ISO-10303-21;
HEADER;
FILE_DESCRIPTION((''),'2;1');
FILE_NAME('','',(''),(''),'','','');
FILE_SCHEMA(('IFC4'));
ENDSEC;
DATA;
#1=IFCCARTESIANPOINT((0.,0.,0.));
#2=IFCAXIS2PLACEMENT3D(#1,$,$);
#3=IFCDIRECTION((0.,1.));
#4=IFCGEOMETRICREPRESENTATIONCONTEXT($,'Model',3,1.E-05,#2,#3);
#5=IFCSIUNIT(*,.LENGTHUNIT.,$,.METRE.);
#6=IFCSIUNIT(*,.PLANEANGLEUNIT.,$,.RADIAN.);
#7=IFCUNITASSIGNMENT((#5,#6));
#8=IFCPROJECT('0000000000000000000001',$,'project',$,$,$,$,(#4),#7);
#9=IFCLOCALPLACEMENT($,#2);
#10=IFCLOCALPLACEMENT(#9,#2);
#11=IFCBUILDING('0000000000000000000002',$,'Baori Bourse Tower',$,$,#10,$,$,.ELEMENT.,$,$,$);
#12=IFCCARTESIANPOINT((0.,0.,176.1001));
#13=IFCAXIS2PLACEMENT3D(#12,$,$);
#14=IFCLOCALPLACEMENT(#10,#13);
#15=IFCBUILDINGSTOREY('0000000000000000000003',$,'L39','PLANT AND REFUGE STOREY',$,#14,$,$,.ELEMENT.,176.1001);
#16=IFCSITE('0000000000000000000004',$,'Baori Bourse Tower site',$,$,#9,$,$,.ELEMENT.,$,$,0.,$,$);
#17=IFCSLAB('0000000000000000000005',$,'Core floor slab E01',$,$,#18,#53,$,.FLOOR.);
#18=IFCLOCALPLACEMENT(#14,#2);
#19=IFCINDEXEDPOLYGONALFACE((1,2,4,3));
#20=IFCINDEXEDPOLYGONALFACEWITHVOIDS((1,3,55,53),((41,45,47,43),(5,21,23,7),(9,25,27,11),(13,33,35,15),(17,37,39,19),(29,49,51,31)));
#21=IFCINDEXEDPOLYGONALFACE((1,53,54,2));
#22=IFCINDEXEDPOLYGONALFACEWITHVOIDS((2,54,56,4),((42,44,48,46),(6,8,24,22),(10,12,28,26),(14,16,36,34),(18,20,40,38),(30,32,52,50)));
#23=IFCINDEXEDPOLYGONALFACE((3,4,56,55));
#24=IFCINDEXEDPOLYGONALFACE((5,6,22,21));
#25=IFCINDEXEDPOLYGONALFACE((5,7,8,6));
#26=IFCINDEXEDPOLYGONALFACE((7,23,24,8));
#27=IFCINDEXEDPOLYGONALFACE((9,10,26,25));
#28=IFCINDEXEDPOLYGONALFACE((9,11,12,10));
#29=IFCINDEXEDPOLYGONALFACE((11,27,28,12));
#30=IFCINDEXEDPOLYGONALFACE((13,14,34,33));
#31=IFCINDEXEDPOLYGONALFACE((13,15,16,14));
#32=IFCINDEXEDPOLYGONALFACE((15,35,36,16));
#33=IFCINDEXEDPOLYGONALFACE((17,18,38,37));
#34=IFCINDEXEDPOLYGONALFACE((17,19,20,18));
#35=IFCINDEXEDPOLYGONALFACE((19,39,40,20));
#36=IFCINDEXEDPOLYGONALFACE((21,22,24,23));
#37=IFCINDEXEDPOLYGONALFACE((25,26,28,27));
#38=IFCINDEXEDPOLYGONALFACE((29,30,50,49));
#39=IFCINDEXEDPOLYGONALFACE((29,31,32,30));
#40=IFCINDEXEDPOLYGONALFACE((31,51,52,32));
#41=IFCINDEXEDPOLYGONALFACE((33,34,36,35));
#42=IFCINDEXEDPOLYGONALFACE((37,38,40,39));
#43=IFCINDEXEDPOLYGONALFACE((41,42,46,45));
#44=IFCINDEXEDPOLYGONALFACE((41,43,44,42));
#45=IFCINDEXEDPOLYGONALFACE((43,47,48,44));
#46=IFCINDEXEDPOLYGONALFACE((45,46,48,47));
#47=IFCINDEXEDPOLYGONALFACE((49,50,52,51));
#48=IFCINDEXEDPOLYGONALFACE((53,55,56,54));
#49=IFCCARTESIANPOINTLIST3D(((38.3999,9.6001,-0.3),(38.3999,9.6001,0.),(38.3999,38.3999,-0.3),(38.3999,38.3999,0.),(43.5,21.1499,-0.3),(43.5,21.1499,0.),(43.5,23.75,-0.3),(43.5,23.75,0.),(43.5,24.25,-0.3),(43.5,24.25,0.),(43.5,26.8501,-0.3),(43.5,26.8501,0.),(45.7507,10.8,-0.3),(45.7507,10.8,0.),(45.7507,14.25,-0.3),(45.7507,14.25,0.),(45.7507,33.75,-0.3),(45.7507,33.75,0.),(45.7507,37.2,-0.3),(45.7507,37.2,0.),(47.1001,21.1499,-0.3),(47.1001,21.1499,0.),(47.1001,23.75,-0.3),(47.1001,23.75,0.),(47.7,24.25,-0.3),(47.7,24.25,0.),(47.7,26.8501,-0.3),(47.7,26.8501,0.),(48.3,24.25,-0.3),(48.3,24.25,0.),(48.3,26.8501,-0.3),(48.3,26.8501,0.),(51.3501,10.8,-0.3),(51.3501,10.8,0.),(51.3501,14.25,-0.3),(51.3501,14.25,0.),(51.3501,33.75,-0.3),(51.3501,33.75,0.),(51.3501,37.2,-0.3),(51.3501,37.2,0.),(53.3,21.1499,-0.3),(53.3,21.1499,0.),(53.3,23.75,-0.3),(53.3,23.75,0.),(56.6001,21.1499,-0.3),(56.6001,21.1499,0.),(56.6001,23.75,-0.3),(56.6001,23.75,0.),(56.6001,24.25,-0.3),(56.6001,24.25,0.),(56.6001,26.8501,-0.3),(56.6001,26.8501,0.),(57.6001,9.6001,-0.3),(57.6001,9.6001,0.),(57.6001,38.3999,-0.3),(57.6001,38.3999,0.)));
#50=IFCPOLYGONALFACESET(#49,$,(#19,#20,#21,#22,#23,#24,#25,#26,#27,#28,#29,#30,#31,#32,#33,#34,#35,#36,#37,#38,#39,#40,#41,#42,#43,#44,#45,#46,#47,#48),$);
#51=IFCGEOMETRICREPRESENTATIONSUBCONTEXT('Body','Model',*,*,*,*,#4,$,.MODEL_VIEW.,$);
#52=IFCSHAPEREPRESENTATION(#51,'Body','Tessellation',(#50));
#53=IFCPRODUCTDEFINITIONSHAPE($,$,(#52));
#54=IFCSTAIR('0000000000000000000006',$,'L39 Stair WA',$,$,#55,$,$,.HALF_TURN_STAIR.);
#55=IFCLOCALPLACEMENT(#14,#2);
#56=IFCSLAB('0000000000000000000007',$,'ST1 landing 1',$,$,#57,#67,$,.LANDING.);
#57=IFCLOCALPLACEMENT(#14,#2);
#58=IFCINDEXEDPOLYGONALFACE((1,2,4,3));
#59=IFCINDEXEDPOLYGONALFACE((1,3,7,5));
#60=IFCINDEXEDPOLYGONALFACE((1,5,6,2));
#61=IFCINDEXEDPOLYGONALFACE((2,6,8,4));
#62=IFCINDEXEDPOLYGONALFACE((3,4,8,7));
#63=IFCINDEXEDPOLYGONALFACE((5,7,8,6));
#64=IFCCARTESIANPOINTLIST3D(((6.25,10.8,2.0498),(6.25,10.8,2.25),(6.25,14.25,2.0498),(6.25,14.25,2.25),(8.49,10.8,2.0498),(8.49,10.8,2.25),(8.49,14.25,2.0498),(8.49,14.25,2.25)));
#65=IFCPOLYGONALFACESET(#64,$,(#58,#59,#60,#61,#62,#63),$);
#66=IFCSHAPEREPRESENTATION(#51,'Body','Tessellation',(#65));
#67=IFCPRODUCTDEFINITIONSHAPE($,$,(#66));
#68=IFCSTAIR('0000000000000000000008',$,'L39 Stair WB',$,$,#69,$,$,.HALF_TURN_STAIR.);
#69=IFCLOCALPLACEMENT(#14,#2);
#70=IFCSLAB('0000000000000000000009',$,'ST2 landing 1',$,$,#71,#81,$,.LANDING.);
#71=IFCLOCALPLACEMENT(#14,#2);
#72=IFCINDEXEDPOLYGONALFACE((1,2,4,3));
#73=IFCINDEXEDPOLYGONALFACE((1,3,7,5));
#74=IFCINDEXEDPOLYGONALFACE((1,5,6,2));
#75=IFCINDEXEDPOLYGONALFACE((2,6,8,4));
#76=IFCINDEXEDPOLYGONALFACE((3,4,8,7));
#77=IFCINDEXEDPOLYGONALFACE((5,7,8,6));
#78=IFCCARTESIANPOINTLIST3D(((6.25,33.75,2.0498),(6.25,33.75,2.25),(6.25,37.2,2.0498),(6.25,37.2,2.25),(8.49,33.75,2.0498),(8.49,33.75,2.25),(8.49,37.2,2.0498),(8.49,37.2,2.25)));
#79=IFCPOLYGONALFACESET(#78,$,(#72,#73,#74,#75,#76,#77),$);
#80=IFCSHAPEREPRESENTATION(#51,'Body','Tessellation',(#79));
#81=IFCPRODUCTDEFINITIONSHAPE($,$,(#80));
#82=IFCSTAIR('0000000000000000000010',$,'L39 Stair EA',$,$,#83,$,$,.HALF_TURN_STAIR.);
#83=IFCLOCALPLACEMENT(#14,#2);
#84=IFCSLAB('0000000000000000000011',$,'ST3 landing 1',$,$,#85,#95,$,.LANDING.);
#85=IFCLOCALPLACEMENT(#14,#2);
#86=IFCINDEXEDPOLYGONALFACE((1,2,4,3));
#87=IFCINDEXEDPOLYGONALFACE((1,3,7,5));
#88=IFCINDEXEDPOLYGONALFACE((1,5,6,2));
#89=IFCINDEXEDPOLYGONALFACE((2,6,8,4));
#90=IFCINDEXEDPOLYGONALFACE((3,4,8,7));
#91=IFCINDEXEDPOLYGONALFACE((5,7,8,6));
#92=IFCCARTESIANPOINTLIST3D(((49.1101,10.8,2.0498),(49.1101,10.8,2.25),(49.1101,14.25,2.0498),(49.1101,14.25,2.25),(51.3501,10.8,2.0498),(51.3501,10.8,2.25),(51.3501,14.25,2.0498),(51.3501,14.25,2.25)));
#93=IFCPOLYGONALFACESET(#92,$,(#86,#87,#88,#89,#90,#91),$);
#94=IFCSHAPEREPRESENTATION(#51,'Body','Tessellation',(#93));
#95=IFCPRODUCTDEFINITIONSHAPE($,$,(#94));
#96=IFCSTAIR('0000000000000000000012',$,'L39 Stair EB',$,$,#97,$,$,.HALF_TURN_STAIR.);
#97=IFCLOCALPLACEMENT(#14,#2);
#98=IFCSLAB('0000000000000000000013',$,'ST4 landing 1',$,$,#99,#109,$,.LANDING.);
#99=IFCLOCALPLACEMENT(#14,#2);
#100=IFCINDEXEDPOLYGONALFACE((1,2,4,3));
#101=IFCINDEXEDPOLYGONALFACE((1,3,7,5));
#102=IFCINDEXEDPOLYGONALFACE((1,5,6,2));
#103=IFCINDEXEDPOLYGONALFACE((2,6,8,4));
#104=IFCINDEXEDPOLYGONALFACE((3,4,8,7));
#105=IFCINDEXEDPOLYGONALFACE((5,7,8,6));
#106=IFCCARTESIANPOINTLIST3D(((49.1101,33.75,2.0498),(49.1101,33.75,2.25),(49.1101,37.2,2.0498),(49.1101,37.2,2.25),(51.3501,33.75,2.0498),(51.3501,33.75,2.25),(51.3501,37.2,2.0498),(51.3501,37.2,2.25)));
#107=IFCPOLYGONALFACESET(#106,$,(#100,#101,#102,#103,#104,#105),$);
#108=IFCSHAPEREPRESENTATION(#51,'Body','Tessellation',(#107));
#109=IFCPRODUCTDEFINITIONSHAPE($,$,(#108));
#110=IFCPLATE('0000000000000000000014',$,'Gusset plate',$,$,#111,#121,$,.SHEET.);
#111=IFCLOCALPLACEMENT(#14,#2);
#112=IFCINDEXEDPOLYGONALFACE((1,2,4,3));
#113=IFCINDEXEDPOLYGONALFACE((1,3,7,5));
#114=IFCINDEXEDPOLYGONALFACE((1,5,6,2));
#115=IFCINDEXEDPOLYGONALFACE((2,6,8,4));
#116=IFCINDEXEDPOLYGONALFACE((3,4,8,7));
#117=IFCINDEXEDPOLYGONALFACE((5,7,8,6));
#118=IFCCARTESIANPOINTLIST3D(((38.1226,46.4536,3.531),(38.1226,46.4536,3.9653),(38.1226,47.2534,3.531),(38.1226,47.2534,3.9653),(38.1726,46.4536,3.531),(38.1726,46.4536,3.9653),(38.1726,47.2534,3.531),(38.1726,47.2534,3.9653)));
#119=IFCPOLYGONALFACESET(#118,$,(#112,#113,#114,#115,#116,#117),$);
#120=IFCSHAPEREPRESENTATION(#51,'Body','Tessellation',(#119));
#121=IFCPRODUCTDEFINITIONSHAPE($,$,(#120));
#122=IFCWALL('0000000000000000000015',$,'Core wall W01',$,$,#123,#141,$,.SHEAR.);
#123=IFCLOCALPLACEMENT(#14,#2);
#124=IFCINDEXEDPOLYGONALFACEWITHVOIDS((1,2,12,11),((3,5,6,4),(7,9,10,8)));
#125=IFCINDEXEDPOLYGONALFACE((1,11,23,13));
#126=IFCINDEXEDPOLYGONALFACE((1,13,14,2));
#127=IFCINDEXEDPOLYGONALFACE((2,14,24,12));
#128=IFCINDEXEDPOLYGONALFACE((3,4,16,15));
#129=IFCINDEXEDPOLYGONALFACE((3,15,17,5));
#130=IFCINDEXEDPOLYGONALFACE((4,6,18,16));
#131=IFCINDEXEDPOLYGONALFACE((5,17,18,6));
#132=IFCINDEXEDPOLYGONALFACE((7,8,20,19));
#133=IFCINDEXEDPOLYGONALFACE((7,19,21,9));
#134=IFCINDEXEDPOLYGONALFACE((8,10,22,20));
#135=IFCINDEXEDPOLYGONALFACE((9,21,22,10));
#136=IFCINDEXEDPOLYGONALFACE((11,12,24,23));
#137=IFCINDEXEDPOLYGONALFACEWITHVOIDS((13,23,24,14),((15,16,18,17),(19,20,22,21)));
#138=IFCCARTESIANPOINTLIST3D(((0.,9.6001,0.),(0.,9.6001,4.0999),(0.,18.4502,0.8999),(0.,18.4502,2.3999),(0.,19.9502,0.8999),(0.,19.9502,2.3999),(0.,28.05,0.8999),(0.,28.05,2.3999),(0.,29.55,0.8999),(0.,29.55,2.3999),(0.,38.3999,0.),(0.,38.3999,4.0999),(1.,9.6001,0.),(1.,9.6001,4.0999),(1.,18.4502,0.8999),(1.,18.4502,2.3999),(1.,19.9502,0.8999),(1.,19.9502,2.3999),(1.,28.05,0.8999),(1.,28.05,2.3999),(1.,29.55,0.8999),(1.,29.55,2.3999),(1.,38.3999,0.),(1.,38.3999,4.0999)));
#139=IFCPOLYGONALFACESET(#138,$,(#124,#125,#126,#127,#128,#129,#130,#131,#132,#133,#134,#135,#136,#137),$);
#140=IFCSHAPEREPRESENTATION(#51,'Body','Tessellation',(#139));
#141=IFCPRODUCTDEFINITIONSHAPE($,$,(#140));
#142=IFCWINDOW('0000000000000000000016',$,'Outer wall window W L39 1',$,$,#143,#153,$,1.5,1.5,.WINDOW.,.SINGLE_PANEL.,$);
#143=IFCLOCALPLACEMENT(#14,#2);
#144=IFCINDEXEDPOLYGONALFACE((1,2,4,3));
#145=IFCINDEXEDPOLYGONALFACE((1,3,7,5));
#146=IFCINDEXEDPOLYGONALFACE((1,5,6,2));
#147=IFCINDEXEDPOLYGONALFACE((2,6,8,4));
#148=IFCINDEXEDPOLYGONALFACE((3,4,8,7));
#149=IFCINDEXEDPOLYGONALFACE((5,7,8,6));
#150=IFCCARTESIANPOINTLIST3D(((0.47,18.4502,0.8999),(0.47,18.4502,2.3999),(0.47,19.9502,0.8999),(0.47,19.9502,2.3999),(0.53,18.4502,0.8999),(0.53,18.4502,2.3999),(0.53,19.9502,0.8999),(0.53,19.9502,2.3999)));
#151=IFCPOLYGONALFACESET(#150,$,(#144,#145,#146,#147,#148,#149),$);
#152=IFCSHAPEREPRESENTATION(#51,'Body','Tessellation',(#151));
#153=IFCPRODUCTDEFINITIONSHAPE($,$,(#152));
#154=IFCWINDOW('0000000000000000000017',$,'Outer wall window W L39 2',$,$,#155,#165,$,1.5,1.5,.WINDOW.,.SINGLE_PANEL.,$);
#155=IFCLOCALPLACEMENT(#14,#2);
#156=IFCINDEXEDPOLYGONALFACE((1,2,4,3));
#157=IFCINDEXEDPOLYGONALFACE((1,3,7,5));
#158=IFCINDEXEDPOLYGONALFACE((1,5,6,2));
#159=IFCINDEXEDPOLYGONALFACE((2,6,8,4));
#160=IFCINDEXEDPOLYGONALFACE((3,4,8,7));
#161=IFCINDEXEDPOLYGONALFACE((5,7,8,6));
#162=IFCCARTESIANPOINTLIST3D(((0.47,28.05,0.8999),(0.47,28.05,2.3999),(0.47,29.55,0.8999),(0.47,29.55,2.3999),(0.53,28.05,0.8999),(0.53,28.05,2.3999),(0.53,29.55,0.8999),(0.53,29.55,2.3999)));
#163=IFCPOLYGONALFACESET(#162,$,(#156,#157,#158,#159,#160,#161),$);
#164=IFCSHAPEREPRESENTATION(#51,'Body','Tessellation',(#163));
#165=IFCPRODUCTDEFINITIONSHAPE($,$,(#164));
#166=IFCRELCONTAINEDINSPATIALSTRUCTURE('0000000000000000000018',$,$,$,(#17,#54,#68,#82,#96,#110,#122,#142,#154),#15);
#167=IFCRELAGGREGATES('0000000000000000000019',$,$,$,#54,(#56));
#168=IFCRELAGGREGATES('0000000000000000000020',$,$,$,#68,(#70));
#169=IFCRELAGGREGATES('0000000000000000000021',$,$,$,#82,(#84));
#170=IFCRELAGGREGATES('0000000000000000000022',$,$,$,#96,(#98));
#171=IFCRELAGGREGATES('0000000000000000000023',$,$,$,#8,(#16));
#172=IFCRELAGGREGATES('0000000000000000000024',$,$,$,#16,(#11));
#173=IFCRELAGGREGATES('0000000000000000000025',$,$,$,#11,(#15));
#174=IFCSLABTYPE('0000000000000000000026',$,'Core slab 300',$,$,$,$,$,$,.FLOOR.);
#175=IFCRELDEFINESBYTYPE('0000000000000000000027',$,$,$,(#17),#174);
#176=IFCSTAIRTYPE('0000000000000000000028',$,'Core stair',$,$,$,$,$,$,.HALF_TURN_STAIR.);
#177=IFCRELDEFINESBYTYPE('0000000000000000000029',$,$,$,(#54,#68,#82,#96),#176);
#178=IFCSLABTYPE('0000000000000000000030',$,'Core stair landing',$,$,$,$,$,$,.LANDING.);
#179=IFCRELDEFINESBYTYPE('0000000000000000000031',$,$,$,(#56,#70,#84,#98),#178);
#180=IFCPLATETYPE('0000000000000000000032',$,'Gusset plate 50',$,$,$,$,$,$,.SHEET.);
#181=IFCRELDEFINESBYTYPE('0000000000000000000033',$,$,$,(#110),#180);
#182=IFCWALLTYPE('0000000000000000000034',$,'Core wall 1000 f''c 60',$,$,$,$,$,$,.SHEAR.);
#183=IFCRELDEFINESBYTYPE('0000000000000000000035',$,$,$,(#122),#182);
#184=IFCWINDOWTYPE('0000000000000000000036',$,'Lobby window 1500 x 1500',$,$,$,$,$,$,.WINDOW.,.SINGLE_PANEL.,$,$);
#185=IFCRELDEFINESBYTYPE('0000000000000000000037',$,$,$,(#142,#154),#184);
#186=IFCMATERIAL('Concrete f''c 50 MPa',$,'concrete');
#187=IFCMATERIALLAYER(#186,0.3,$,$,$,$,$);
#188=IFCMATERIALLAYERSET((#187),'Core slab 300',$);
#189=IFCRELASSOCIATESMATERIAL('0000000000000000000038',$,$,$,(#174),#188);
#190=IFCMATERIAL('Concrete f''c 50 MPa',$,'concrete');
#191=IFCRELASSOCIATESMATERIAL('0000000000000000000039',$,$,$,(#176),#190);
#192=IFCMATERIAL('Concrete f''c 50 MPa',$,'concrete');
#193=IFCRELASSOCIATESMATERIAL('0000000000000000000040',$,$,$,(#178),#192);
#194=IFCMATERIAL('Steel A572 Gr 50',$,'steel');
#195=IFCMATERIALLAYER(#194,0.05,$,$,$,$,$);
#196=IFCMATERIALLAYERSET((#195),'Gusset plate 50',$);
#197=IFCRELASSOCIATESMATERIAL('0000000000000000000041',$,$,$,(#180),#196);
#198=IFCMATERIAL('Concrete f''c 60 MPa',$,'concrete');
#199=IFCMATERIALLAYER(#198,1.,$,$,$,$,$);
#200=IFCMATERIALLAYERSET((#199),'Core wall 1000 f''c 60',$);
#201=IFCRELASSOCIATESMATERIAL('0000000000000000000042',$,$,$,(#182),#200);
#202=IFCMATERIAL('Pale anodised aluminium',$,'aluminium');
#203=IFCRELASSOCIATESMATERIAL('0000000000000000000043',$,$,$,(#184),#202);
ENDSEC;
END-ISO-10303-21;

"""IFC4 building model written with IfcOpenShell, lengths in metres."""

from ifc_helpers import new_model, si_unit, direction, frame, frame_2d, origin, place, context, subcontext, project, spatial, polyline, rectangle, outline, extrude, material, layer, layer_set, type_object, element, fill, aggregate, save


model = new_model("IFC4")

# Units and contexts
model_context = context("Model", 3, precision=1e-05, world=origin(), true_north=direction((0.0, 1.0)))
body_context = subcontext(model_context, "Body", "Model", "MODEL_VIEW")
ifc_project = project(units=[si_unit("LENGTHUNIT", "METRE"), si_unit("PLANEANGLEUNIT", "RADIAN")], contexts=[model_context])

# Site, building, storey
site_placement = place(None, origin())
site = spatial("IfcSite", under=ifc_project, at=site_placement, Name="Baori Bourse Tower site", CompositionType="ELEMENT", RefElevation=0.0)
building_placement = place(site_placement, origin())
building = spatial("IfcBuilding", under=site, at=building_placement, Name="Baori Bourse Tower", CompositionType="ELEMENT")
storey_placement = place(building_placement, frame((0.0, 0.0, 176.1001)))
storey = spatial("IfcBuildingStorey", under=building, at=storey_placement, Name="L39", Description="PLANT AND REFUGE STOREY", CompositionType="ELEMENT", Elevation=176.1001)

# Slab
ifc_material_1 = material(Name="Concrete f'c 50 MPa", Category="concrete")
ifc_layer_1 = layer(ifc_material_1, 0.3)
ifc_layer_set_1 = layer_set([ifc_layer_1], Name="Core slab 300")
slab_type_1 = type_object("IfcSlabType", Name="Core slab 300", PredefinedType="FLOOR", material=ifc_layer_set_1)
slab_1_placement = place(storey_placement, frame((0.0, 0.0, -0.3)))
element("IfcSlab", 1, at=slab_1_placement, inside=storey, type_object=slab_type_1, Name="Core floor slab E01", PredefinedType="FLOOR", context=body_context, shape_type="SweptSolid", body=[
    extrude(outline(polyline([(57.6001, 38.3999), (38.3999, 38.3999), (38.3999, 9.6001), (57.6001, 9.6001), (57.6001, 38.3999)]), holes=[polyline([(56.6001, 21.1499), (53.3, 21.1499), (53.3, 23.75), (56.6001, 23.75), (56.6001, 21.1499)]), polyline([(56.6001, 26.8501), (56.6001, 24.25), (48.3, 24.25), (48.3, 26.8501), (56.6001, 26.8501)]), polyline([(45.7507, 14.25), (51.3501, 14.25), (51.3501, 10.8), (45.7507, 10.8), (45.7507, 14.25)]), polyline([(51.3501, 37.2), (51.3501, 33.75), (45.7507, 33.75), (45.7507, 37.2), (51.3501, 37.2)]), polyline([(43.5, 24.25), (43.5, 26.8501), (47.7, 26.8501), (47.7, 24.25), (43.5, 24.25)]), polyline([(43.5, 23.75), (47.1001, 23.75), (47.1001, 21.1499), (43.5, 21.1499), (43.5, 23.75)])]), origin(), (0.0, 0.0, 1.0), 0.3),
])

# Stairs, slabs
ifc_material_2 = material(Name="Concrete f'c 50 MPa", Category="concrete")
stair_type = type_object("IfcStairType", Name="Core stair", PredefinedType="HALF_TURN_STAIR", material=ifc_material_2)
stair_1_placement = place(storey_placement, origin())
stair_1 = element("IfcStair", 2, at=stair_1_placement, inside=storey, type_object=stair_type, Name="L39 Stair WA", PredefinedType="HALF_TURN_STAIR")
ifc_material_3 = material(Name="Concrete f'c 50 MPa", Category="concrete")
slab_type_2 = type_object("IfcSlabType", Name="Core stair landing", PredefinedType="LANDING", material=ifc_material_3)
slab_2_placement = place(storey_placement, frame((0.0, 0.0, 2.0498)))
slab_2 = element("IfcSlab", 3, at=slab_2_placement, type_object=slab_type_2, Name="ST1 landing 1", PredefinedType="LANDING", context=body_context, shape_type="SweptSolid", body=[
    extrude(outline(polyline([(8.49, 14.25), (6.25, 14.25), (6.25, 10.8), (8.49, 10.8), (8.49, 14.25)])), origin(), (0.0, 0.0, 1.0), 0.2002),
])
aggregate(stair_1, [slab_2])
stair_2_placement = place(storey_placement, origin())
stair_2 = element("IfcStair", 4, at=stair_2_placement, inside=storey, type_object=stair_type, Name="L39 Stair WB", PredefinedType="HALF_TURN_STAIR")
slab_3_placement = place(storey_placement, frame((0.0, 0.0, 2.0498)))
slab_3 = element("IfcSlab", 5, at=slab_3_placement, type_object=slab_type_2, Name="ST2 landing 1", PredefinedType="LANDING", context=body_context, shape_type="SweptSolid", body=[
    extrude(outline(polyline([(8.49, 37.2), (6.25, 37.2), (6.25, 33.75), (8.49, 33.75), (8.49, 37.2)])), origin(), (0.0, 0.0, 1.0), 0.2002),
])
aggregate(stair_2, [slab_3])
stair_3_placement = place(storey_placement, origin())
stair_3 = element("IfcStair", 6, at=stair_3_placement, inside=storey, type_object=stair_type, Name="L39 Stair EA", PredefinedType="HALF_TURN_STAIR")
slab_4_placement = place(storey_placement, frame((0.0, 0.0, 2.0498)))
slab_4 = element("IfcSlab", 7, at=slab_4_placement, type_object=slab_type_2, Name="ST3 landing 1", PredefinedType="LANDING", context=body_context, shape_type="SweptSolid", body=[
    extrude(outline(polyline([(49.1101, 10.8), (51.3501, 10.8), (51.3501, 14.25), (49.1101, 14.25), (49.1101, 10.8)])), origin(), (0.0, 0.0, 1.0), 0.2002),
])
aggregate(stair_3, [slab_4])
stair_4_placement = place(storey_placement, origin())
stair_4 = element("IfcStair", 8, at=stair_4_placement, inside=storey, type_object=stair_type, Name="L39 Stair EB", PredefinedType="HALF_TURN_STAIR")
slab_5_placement = place(storey_placement, frame((0.0, 0.0, 2.0498)))
slab_5 = element("IfcSlab", 9, at=slab_5_placement, type_object=slab_type_2, Name="ST4 landing 1", PredefinedType="LANDING", context=body_context, shape_type="SweptSolid", body=[
    extrude(outline(polyline([(49.1101, 33.75), (51.3501, 33.75), (51.3501, 37.2), (49.1101, 37.2), (49.1101, 33.75)])), origin(), (0.0, 0.0, 1.0), 0.2002),
])
aggregate(stair_4, [slab_5])

# Plate
ifc_material_4 = material(Name="Steel A572 Gr 50", Category="steel")
ifc_layer_2 = layer(ifc_material_4, 0.05)
ifc_layer_set_2 = layer_set([ifc_layer_2], Name="Gusset plate 50")
plate_type_1 = type_object("IfcPlateType", Name="Gusset plate 50", PredefinedType="SHEET", material=ifc_layer_set_2)
plate_1_placement = place(storey_placement, frame((0.0, 0.0, 3.531)))
element("IfcPlate", 10, at=plate_1_placement, inside=storey, type_object=plate_type_1, Name="Gusset plate", PredefinedType="SHEET", context=body_context, shape_type="SweptSolid", body=[
    extrude(outline(polyline([(38.1226, 46.4536), (38.1726, 46.4536), (38.1726, 47.2534), (38.1226, 47.2534), (38.1226, 46.4536)])), origin(), (0.0, 0.0, 1.0), 0.4343),
])

# Wall, openings, windows
ifc_material_5 = material(Name="Concrete f'c 60 MPa", Category="concrete")
ifc_layer_3 = layer(ifc_material_5, 1.0)
ifc_layer_set_3 = layer_set([ifc_layer_3], Name="Core wall 1000 f'c 60")
wall_type_1 = type_object("IfcWallType", Name="Core wall 1000 f'c 60", PredefinedType="SHEAR", material=ifc_layer_set_3)
wall_1_placement = place(storey_placement, frame((0.5, 9.6001, 0.0), z_axis=(0.0, 0.0, 1.0), x_axis=(0.0, 1.0, 0.0)))
wall_1 = element("IfcWall", 11, at=wall_1_placement, inside=storey, type_object=wall_type_1, Name="Core wall W01", PredefinedType="SHEAR", context=body_context, shape_type="SweptSolid", body=[
    extrude(rectangle(XDim=28.7998, YDim=1.0, at=frame_2d((14.3999, 0.0))), origin(), (0.0, 0.0, 1.0), 4.0999),
])
opening_1_placement = place(wall_1_placement, frame((8.8501, 0.0, 0.8999)))
opening_1 = element("IfcOpeningElement", 12, at=opening_1_placement, cuts=wall_1, PredefinedType="OPENING", context=body_context, shape_type="SweptSolid", body=[
    extrude(rectangle(XDim=1.5, YDim=1.5, at=frame_2d((0.75, 0.75))), frame((0.0, 0.51, 0.0), z_axis=(0.0, -1.0, 0.0), x_axis=(1.0, 0.0, 0.0)), (0.0, 0.0, 1.0), 1.02),
])
opening_2_placement = place(wall_1_placement, frame((18.45, 0.0, 0.8999)))
opening_2 = element("IfcOpeningElement", 13, at=opening_2_placement, cuts=wall_1, PredefinedType="OPENING", context=body_context, shape_type="SweptSolid", body=[
    extrude(rectangle(XDim=1.5, YDim=1.5, at=frame_2d((0.75, 0.75))), frame((0.0, 0.51, 0.0), z_axis=(0.0, -1.0, 0.0), x_axis=(1.0, 0.0, 0.0)), (0.0, 0.0, 1.0), 1.02),
])
ifc_material_6 = material(Name="Pale anodised aluminium", Category="aluminium")
window_type_1 = type_object("IfcWindowType", Name="Lobby window 1500 x 1500", PartitioningType="SINGLE_PANEL", PredefinedType="WINDOW", material=ifc_material_6)
window_1_placement = place(opening_1_placement, origin())
window_1 = element("IfcWindow", 14, at=window_1_placement, inside=storey, type_object=window_type_1, Name="Outer wall window W L39 1", OverallHeight=1.5, OverallWidth=1.5, PartitioningType="SINGLE_PANEL", PredefinedType="WINDOW", context=body_context, shape_type="SweptSolid", body=[
    extrude(rectangle(XDim=1.5, YDim=1.5, at=frame_2d((0.75, 0.75))), frame((0.0, 0.03, 0.0), z_axis=(0.0, -1.0, 0.0), x_axis=(1.0, 0.0, 0.0)), (0.0, 0.0, 1.0), 0.0601),
])
fill(opening_1, window_1)
window_2_placement = place(opening_2_placement, origin())
window_2 = element("IfcWindow", 15, at=window_2_placement, inside=storey, type_object=window_type_1, Name="Outer wall window W L39 2", OverallHeight=1.5, OverallWidth=1.5, PartitioningType="SINGLE_PANEL", PredefinedType="WINDOW", context=body_context, shape_type="SweptSolid", body=[
    extrude(rectangle(XDim=1.5, YDim=1.5, at=frame_2d((0.75, 0.75))), frame((0.0, 0.03, 0.0), z_axis=(0.0, -1.0, 0.0), x_axis=(1.0, 0.0, 0.0)), (0.0, 0.0, 1.0), 0.0601),
])
fill(opening_2, window_2)

save(model, "model.ifc")
